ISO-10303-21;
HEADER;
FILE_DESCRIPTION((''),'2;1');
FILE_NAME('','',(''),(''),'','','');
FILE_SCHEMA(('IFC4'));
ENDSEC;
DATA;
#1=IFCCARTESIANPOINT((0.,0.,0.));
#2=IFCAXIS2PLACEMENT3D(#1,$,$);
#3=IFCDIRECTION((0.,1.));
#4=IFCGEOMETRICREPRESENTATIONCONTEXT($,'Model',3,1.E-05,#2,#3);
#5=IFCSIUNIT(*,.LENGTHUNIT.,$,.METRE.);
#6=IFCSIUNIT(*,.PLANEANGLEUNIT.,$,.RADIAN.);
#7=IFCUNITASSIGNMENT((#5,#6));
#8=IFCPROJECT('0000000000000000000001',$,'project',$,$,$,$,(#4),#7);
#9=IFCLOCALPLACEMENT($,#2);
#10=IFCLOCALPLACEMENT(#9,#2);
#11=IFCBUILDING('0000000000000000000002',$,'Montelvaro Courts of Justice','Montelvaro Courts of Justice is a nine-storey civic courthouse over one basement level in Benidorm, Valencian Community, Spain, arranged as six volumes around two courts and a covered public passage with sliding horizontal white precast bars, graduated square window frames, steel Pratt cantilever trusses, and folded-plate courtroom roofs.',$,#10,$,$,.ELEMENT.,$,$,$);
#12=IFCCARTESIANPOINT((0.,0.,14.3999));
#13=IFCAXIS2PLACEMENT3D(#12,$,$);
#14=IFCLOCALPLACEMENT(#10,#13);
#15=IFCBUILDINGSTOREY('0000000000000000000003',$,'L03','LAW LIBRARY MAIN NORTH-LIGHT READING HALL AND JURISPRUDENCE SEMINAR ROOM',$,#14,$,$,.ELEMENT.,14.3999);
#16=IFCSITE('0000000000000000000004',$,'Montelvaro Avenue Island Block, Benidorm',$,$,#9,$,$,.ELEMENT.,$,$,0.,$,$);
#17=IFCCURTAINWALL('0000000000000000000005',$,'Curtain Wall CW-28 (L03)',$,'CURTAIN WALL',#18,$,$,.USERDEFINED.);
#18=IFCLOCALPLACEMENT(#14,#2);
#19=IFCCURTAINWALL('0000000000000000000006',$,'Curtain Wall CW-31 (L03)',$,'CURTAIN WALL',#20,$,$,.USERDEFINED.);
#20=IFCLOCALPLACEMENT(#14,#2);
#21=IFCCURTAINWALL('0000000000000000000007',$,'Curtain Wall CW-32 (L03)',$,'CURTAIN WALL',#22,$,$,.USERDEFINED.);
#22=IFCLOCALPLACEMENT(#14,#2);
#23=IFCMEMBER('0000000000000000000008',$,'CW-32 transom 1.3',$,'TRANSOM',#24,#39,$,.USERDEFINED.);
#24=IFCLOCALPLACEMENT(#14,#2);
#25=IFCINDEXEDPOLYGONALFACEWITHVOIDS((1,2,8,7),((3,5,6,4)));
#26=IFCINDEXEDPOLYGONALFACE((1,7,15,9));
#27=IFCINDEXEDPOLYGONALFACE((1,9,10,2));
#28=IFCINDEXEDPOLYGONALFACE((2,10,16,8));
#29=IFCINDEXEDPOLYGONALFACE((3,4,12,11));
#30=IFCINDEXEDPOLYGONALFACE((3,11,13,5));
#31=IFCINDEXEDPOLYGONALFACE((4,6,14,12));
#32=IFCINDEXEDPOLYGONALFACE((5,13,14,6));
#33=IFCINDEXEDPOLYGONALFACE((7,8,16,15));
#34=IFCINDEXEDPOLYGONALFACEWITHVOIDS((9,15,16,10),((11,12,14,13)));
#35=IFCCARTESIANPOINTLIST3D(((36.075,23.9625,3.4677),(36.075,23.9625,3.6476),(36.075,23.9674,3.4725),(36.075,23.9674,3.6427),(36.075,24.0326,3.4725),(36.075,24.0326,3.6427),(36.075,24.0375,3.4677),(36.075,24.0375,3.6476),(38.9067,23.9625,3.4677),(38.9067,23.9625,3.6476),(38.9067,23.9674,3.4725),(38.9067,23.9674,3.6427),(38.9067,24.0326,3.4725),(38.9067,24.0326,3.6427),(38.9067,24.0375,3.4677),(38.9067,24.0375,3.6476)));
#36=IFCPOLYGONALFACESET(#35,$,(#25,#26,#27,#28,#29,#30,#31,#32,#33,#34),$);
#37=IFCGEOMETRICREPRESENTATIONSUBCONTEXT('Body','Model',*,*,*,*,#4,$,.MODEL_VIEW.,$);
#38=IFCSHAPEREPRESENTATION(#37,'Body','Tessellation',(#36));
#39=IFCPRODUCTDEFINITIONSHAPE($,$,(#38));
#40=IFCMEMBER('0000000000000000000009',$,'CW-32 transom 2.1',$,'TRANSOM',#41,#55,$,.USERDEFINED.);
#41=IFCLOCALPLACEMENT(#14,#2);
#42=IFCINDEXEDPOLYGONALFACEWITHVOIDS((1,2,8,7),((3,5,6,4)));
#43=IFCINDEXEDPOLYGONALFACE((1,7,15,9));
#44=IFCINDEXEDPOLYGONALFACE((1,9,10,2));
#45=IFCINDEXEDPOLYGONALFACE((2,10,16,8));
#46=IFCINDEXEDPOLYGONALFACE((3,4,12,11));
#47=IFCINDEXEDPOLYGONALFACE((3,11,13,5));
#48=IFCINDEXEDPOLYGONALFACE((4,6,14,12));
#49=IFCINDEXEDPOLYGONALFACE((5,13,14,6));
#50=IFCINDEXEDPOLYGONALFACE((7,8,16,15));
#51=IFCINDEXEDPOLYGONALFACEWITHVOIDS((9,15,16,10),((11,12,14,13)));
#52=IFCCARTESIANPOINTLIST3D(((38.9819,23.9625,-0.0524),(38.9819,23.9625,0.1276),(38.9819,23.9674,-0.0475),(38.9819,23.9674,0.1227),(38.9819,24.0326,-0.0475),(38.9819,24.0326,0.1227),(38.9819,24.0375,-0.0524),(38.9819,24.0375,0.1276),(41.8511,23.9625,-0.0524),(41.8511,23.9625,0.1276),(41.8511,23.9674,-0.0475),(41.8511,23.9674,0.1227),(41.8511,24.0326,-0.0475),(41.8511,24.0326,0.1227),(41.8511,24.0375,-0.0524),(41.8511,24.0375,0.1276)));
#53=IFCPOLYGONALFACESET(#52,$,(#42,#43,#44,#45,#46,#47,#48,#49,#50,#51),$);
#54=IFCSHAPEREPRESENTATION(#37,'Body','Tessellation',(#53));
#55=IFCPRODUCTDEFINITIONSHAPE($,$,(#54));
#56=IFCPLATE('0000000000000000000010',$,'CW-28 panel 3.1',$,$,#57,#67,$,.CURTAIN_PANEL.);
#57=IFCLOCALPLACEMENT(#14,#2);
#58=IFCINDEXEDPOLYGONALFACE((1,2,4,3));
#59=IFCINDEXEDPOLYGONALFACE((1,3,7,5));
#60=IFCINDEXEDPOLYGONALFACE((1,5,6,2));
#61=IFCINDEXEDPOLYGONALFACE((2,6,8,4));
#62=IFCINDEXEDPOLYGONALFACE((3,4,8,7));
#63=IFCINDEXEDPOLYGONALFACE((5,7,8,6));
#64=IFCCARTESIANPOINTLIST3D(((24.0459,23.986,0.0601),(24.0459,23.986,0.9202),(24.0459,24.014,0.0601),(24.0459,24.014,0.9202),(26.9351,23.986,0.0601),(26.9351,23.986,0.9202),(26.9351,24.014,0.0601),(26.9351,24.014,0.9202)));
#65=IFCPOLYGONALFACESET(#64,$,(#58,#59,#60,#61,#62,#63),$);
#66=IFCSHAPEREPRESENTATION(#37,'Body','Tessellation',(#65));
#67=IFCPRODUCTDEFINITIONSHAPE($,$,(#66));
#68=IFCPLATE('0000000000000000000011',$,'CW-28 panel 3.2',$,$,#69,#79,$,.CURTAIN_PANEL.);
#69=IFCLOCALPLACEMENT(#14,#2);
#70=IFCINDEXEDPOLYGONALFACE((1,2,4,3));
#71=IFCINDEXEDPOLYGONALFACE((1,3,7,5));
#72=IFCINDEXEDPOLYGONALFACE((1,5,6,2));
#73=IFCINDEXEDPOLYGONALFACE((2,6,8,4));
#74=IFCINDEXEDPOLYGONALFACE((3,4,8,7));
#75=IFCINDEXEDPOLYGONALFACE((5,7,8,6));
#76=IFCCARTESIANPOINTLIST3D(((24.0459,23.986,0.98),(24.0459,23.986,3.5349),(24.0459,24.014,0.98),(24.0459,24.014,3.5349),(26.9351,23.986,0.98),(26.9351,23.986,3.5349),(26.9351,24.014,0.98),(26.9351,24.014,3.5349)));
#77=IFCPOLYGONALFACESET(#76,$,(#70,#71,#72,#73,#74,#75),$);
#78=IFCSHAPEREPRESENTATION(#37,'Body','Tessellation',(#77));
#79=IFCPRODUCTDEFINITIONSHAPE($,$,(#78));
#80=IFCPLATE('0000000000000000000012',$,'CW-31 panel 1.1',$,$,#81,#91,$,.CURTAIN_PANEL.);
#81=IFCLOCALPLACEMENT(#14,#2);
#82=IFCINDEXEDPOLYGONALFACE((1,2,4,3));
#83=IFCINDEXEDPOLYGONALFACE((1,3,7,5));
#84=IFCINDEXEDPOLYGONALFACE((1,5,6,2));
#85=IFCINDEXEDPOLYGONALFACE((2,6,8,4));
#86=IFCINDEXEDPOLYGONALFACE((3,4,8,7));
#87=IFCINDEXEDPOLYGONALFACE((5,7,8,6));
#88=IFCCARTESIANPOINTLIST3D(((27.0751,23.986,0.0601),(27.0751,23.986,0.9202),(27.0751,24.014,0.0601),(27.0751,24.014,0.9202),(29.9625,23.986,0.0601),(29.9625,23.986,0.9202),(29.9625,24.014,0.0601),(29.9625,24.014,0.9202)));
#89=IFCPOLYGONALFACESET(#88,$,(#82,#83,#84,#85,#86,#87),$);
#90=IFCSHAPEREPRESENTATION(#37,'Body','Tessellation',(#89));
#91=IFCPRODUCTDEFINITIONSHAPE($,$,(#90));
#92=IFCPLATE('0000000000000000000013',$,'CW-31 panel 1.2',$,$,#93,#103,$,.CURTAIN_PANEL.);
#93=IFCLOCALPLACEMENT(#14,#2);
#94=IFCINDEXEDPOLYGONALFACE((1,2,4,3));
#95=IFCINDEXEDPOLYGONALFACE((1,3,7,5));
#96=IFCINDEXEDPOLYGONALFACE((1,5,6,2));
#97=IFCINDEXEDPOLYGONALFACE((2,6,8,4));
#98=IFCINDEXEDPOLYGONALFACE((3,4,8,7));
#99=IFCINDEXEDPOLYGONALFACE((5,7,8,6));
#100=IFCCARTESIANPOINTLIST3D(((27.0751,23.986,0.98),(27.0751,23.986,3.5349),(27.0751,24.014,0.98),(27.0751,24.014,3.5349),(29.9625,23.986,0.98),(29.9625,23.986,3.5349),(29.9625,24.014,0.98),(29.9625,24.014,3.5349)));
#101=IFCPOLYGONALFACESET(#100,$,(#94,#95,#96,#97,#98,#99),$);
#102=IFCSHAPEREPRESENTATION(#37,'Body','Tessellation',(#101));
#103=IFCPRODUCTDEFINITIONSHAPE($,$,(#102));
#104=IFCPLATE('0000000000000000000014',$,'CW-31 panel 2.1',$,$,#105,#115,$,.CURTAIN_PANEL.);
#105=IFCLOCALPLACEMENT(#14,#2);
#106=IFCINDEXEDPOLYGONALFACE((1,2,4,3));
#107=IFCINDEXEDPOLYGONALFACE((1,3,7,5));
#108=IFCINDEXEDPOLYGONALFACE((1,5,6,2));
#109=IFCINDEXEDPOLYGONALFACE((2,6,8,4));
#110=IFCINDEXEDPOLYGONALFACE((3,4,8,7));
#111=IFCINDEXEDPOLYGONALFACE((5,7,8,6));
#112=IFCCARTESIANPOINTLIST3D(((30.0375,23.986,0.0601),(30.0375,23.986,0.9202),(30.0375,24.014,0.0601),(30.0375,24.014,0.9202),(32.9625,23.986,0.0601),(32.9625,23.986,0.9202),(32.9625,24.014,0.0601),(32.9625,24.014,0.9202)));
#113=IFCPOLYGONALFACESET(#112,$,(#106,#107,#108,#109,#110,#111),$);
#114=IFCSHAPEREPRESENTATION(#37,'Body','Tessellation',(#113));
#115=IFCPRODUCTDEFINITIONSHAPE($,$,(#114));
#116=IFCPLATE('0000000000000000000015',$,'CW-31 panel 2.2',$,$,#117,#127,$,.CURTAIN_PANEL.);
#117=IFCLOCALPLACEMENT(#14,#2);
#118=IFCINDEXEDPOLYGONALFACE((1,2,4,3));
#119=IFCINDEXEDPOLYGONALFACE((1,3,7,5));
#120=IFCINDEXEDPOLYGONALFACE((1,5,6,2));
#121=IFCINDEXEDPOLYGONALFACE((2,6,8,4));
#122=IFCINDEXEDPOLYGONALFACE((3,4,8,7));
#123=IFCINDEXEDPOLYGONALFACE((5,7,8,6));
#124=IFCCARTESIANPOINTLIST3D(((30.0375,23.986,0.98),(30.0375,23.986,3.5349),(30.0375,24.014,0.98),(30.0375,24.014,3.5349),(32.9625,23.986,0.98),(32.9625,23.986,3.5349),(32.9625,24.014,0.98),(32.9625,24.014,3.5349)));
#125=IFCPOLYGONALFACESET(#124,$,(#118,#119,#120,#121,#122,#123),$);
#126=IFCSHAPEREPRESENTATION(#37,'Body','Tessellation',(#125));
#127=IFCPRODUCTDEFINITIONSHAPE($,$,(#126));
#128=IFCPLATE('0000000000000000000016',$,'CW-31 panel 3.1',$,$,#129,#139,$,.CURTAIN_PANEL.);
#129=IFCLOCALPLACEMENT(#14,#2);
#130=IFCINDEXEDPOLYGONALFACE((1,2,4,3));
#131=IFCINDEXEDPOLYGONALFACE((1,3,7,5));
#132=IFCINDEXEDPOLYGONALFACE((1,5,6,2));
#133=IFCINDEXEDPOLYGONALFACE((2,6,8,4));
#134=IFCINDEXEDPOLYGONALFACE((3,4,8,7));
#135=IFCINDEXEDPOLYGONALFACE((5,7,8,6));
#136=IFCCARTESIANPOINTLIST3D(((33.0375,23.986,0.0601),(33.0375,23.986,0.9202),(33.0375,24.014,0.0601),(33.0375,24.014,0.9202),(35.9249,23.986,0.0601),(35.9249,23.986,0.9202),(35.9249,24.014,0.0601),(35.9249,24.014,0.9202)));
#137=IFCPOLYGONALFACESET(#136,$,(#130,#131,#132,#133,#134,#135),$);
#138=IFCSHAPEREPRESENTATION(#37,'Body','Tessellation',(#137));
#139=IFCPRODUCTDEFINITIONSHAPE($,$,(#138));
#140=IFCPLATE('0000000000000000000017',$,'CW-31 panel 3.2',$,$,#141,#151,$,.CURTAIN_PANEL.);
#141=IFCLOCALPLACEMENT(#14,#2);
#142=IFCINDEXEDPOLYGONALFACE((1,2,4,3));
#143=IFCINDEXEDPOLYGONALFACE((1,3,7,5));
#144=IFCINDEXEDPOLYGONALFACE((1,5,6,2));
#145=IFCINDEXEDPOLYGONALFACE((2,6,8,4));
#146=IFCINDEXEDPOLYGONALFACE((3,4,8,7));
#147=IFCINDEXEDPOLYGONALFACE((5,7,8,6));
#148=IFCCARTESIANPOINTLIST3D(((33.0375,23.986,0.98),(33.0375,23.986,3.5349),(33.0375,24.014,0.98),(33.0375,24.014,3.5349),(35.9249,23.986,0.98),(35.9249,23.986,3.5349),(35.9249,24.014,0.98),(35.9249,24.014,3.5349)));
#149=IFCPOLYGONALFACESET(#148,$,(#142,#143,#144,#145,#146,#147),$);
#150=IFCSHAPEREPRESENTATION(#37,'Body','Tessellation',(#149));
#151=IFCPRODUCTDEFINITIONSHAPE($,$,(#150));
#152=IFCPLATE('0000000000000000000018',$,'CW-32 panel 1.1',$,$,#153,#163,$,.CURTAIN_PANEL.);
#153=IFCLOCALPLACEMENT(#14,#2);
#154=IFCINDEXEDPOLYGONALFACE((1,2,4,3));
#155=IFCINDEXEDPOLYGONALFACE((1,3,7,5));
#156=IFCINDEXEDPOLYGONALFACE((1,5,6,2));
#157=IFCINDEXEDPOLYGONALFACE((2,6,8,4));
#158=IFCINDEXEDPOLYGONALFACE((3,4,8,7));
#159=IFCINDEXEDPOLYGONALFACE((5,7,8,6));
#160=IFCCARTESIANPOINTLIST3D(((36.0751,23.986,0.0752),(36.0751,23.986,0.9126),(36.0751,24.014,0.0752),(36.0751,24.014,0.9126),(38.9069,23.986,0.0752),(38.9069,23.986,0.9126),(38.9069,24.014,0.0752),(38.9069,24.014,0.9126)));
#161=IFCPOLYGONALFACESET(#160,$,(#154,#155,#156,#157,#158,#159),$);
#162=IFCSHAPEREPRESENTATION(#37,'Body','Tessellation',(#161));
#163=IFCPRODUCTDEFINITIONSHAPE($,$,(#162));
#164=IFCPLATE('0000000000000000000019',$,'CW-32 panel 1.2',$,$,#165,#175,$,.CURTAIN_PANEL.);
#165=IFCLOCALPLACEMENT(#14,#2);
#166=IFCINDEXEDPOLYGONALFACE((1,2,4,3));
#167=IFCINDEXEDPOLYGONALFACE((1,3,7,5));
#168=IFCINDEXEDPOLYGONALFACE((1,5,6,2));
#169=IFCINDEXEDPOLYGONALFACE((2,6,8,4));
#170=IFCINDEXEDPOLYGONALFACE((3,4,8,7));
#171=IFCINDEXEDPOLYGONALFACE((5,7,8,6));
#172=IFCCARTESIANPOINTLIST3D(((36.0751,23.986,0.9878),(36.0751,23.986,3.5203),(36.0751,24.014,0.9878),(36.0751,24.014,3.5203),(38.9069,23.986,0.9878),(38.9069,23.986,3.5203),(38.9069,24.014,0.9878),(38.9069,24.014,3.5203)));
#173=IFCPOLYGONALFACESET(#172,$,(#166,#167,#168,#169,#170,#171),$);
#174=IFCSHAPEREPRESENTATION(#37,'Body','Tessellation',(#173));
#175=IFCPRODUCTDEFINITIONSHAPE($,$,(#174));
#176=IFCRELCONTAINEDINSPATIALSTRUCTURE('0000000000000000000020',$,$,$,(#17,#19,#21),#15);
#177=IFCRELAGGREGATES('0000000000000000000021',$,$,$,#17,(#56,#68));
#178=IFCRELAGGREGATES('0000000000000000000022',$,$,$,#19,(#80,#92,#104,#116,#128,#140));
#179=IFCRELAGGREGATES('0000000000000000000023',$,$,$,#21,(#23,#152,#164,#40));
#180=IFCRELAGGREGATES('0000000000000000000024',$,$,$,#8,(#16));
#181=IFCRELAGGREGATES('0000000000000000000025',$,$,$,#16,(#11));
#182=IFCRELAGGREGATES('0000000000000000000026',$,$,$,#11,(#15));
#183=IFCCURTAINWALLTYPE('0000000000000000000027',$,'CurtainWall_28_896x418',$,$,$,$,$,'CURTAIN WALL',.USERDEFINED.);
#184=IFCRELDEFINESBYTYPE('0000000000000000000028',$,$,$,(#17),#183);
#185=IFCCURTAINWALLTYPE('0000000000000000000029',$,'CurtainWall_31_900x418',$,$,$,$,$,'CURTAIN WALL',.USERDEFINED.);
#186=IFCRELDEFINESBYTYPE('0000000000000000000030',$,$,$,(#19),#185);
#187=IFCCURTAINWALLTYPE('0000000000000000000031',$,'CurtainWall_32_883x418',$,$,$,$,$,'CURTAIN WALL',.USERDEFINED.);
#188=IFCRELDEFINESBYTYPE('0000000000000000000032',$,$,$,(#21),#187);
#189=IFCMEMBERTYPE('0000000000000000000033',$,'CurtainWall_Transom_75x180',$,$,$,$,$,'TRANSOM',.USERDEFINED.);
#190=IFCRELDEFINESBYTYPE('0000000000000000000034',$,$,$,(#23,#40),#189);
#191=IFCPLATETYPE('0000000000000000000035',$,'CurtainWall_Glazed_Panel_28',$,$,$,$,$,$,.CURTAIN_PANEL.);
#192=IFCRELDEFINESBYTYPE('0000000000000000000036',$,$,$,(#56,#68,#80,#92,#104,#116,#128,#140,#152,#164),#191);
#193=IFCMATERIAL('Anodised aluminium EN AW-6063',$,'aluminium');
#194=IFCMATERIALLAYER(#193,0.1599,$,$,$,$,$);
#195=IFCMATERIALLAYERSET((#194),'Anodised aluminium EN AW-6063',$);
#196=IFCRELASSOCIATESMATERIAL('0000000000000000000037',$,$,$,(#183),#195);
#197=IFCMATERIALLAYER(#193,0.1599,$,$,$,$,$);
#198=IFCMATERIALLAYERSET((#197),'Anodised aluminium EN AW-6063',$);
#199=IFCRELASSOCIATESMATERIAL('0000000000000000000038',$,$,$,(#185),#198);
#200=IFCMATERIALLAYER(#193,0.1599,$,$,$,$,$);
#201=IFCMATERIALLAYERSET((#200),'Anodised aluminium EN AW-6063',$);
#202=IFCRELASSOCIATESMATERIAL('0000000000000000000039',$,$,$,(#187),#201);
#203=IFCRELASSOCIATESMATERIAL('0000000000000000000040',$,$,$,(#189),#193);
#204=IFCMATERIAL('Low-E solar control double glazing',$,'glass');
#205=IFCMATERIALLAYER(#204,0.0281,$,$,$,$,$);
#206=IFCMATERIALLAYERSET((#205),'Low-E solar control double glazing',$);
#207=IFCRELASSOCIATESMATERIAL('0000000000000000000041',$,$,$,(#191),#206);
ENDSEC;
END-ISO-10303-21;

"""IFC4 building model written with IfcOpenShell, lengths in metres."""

from ifc_helpers import new_model, si_unit, direction, frame, origin, origin_2d, place, context, subcontext, project, spatial, rectangle, hollow_rectangle, extrude, material, layer, layer_set, material_profile, profile_set, type_object, element, aggregate, save


model = new_model("IFC4")

# Units and contexts
model_context = context("Model", 3, precision=1e-05, world=origin(), true_north=direction((0.0, 1.0)))
body_context = subcontext(model_context, "Body", "Model", "MODEL_VIEW")
ifc_project = project(units=[si_unit("LENGTHUNIT", "METRE"), si_unit("PLANEANGLEUNIT", "RADIAN")], contexts=[model_context])

# Site, building, storey
site_placement = place(None, origin())
site = spatial("IfcSite", under=ifc_project, at=site_placement, Name="Montelvaro Avenue Island Block, Benidorm", CompositionType="ELEMENT", RefElevation=0.0)
building_placement = place(site_placement, origin())
building = spatial("IfcBuilding", under=site, at=building_placement, Name="Montelvaro Courts of Justice", Description="Montelvaro Courts of Justice is a nine-storey civic courthouse over one basement level in Benidorm, Valencian Community, Spain, arranged as six volumes around two courts and a covered public passage with sliding horizontal white precast bars, graduated square window frames, steel Pratt cantilever trusses, and folded-plate courtroom roofs.", CompositionType="ELEMENT")
storey_placement = place(building_placement, frame((0.0, 0.0, 14.3999)))
storey = spatial("IfcBuildingStorey", under=building, at=storey_placement, Name="L03", Description="LAW LIBRARY MAIN NORTH-LIGHT READING HALL AND JURISPRUDENCE SEMINAR ROOM", CompositionType="ELEMENT", Elevation=14.3999)

# Curtain wall
ifc_material_1 = material(Name="Anodised aluminium EN AW-6063", Category="aluminium")
ifc_layer_1 = layer(ifc_material_1, 0.1599)
ifc_layer_set_1 = layer_set([ifc_layer_1], Name="Anodised aluminium EN AW-6063")
curtain_wall_type_1 = type_object("IfcCurtainWallType", Name="CurtainWall_28_896x418", ElementType="CURTAIN WALL", PredefinedType="USERDEFINED", material=ifc_layer_set_1)
curtain_wall_1_placement = place(storey_placement, origin())
curtain_wall_1 = element("IfcCurtainWall", 1, at=curtain_wall_1_placement, inside=storey, type_object=curtain_wall_type_1, Name="Curtain Wall CW-28 (L03)", ObjectType="CURTAIN WALL", PredefinedType="USERDEFINED")

# Curtain walls
ifc_layer_2 = layer(ifc_material_1, 0.1599)
ifc_layer_set_2 = layer_set([ifc_layer_2], Name="Anodised aluminium EN AW-6063")
curtain_wall_type_2 = type_object("IfcCurtainWallType", Name="CurtainWall_31_900x418", ElementType="CURTAIN WALL", PredefinedType="USERDEFINED", material=ifc_layer_set_2)
curtain_wall_2_placement = place(storey_placement, origin())
curtain_wall_2 = element("IfcCurtainWall", 2, at=curtain_wall_2_placement, inside=storey, type_object=curtain_wall_type_2, Name="Curtain Wall CW-31 (L03)", ObjectType="CURTAIN WALL", PredefinedType="USERDEFINED")
ifc_layer_3 = layer(ifc_material_1, 0.1599)
ifc_layer_set_3 = layer_set([ifc_layer_3], Name="Anodised aluminium EN AW-6063")
curtain_wall_type_3 = type_object("IfcCurtainWallType", Name="CurtainWall_32_883x418", ElementType="CURTAIN WALL", PredefinedType="USERDEFINED", material=ifc_layer_set_3)
curtain_wall_3_placement = place(storey_placement, origin())
curtain_wall_3 = element("IfcCurtainWall", 3, at=curtain_wall_3_placement, inside=storey, type_object=curtain_wall_type_3, Name="Curtain Wall CW-32 (L03)", ObjectType="CURTAIN WALL", PredefinedType="USERDEFINED")

# Members
ifc_material_profile_1 = material_profile(ifc_material_1, hollow_rectangle(XDim=0.075, YDim=0.1799, WallThickness=0.0049, at=origin_2d()), Name="ALU-T 75x180")
ifc_profile_set_1 = profile_set([ifc_material_profile_1], Name="Anodised aluminium EN AW-6063")
member_type_1 = type_object("IfcMemberType", Name="CurtainWall_Transom_75x180", ElementType="TRANSOM", PredefinedType="USERDEFINED", material=ifc_profile_set_1)
member_1_placement = place(storey_placement, frame((36.075, 24.0, 3.5576), z_axis=(1.0, 0.0, 0.0), x_axis=(0.0, 1.0, 0.0)))
member_1 = element("IfcMember", 4, at=member_1_placement, type_object=member_type_1, Name="CW-32 transom 1.3", ObjectType="TRANSOM", PredefinedType="USERDEFINED", context=body_context, shape_type="SweptSolid", body=[
    extrude(hollow_rectangle(XDim=0.075, YDim=0.1799, WallThickness=0.0049, at=origin_2d()), origin(), (0.0, 0.0, 1.0), 2.8318),
])
member_2_placement = place(storey_placement, frame((38.9819, 24.0, 0.0376), z_axis=(1.0, 0.0, 0.0), x_axis=(0.0, 1.0, 0.0)))
member_2 = element("IfcMember", 5, at=member_2_placement, type_object=member_type_1, Name="CW-32 transom 2.1", ObjectType="TRANSOM", PredefinedType="USERDEFINED", context=body_context, shape_type="SweptSolid", body=[
    extrude(hollow_rectangle(XDim=0.075, YDim=0.1799, WallThickness=0.0049, at=origin_2d()), origin(), (0.0, 0.0, 1.0), 2.8691),
])

# Plates
ifc_material_2 = material(Name="Low-E solar control double glazing", Category="glass")
ifc_layer_4 = layer(ifc_material_2, 0.0281)
ifc_layer_set_4 = layer_set([ifc_layer_4], Name="Low-E solar control double glazing")
plate_type = type_object("IfcPlateType", Name="CurtainWall_Glazed_Panel_28", PredefinedType="CURTAIN_PANEL", material=ifc_layer_set_4)
plate_1_placement = place(storey_placement, frame((25.4905, 24.0, 0.0601), z_axis=(0.0, 0.0, 1.0), x_axis=(1.0, 0.0, 0.0)))
plate_1 = element("IfcPlate", 6, at=plate_1_placement, type_object=plate_type, Name="CW-28 panel 3.1", PredefinedType="CURTAIN_PANEL", context=body_context, shape_type="SweptSolid", body=[
    extrude(rectangle(XDim=2.8892, YDim=0.0281, at=origin_2d()), origin(), (0.0, 0.0, 1.0), 0.8601),
])
plate_2_placement = place(storey_placement, frame((25.4905, 24.0, 0.98), z_axis=(0.0, 0.0, 1.0), x_axis=(1.0, 0.0, 0.0)))
plate_2 = element("IfcPlate", 7, at=plate_2_placement, type_object=plate_type, Name="CW-28 panel 3.2", PredefinedType="CURTAIN_PANEL", context=body_context, shape_type="SweptSolid", body=[
    extrude(rectangle(XDim=2.8892, YDim=0.0281, at=origin_2d()), origin(), (0.0, 0.0, 1.0), 2.5549),
])
aggregate(curtain_wall_1, [plate_1, plate_2])
plate_3_placement = place(storey_placement, frame((28.5188, 24.0, 0.0601), z_axis=(0.0, 0.0, 1.0), x_axis=(1.0, 0.0, 0.0)))
plate_3 = element("IfcPlate", 8, at=plate_3_placement, type_object=plate_type, Name="CW-31 panel 1.1", PredefinedType="CURTAIN_PANEL", context=body_context, shape_type="SweptSolid", body=[
    extrude(rectangle(XDim=2.8875, YDim=0.0281, at=origin_2d()), origin(), (0.0, 0.0, 1.0), 0.8601),
])
plate_4_placement = place(storey_placement, frame((28.5188, 24.0, 0.98), z_axis=(0.0, 0.0, 1.0), x_axis=(1.0, 0.0, 0.0)))
plate_4 = element("IfcPlate", 9, at=plate_4_placement, type_object=plate_type, Name="CW-31 panel 1.2", PredefinedType="CURTAIN_PANEL", context=body_context, shape_type="SweptSolid", body=[
    extrude(rectangle(XDim=2.8875, YDim=0.0281, at=origin_2d()), origin(), (0.0, 0.0, 1.0), 2.5549),
])
plate_5_placement = place(storey_placement, frame((31.5, 24.0, 0.0601), z_axis=(0.0, 0.0, 1.0), x_axis=(1.0, 0.0, 0.0)))
plate_5 = element("IfcPlate", 10, at=plate_5_placement, type_object=plate_type, Name="CW-31 panel 2.1", PredefinedType="CURTAIN_PANEL", context=body_context, shape_type="SweptSolid", body=[
    extrude(rectangle(XDim=2.925, YDim=0.0281, at=origin_2d()), origin(), (0.0, 0.0, 1.0), 0.8601),
])
plate_6_placement = place(storey_placement, frame((31.5, 24.0, 0.98), z_axis=(0.0, 0.0, 1.0), x_axis=(1.0, 0.0, 0.0)))
plate_6 = element("IfcPlate", 11, at=plate_6_placement, type_object=plate_type, Name="CW-31 panel 2.2", PredefinedType="CURTAIN_PANEL", context=body_context, shape_type="SweptSolid", body=[
    extrude(rectangle(XDim=2.925, YDim=0.0281, at=origin_2d()), origin(), (0.0, 0.0, 1.0), 2.5549),
])
plate_7_placement = place(storey_placement, frame((34.4812, 24.0, 0.0601), z_axis=(0.0, 0.0, 1.0), x_axis=(1.0, 0.0, 0.0)))
plate_7 = element("IfcPlate", 12, at=plate_7_placement, type_object=plate_type, Name="CW-31 panel 3.1", PredefinedType="CURTAIN_PANEL", context=body_context, shape_type="SweptSolid", body=[
    extrude(rectangle(XDim=2.8875, YDim=0.0281, at=origin_2d()), origin(), (0.0, 0.0, 1.0), 0.8601),
])
plate_8_placement = place(storey_placement, frame((34.4812, 24.0, 0.98), z_axis=(0.0, 0.0, 1.0), x_axis=(1.0, 0.0, 0.0)))
plate_8 = element("IfcPlate", 13, at=plate_8_placement, type_object=plate_type, Name="CW-31 panel 3.2", PredefinedType="CURTAIN_PANEL", context=body_context, shape_type="SweptSolid", body=[
    extrude(rectangle(XDim=2.8875, YDim=0.0281, at=origin_2d()), origin(), (0.0, 0.0, 1.0), 2.5549),
])
aggregate(curtain_wall_2, [plate_3, plate_4, plate_5, plate_6, plate_7, plate_8])
plate_9_placement = place(storey_placement, frame((37.491, 24.0, 0.0752), z_axis=(0.0, 0.0, 1.0), x_axis=(1.0, 0.0, 0.0)))
plate_9 = element("IfcPlate", 14, at=plate_9_placement, type_object=plate_type, Name="CW-32 panel 1.1", PredefinedType="CURTAIN_PANEL", context=body_context, shape_type="SweptSolid", body=[
    extrude(rectangle(XDim=2.8318, YDim=0.0281, at=origin_2d()), origin(), (0.0, 0.0, 1.0), 0.8374),
])
plate_10_placement = place(storey_placement, frame((37.491, 24.0, 0.9878), z_axis=(0.0, 0.0, 1.0), x_axis=(1.0, 0.0, 0.0)))
plate_10 = element("IfcPlate", 15, at=plate_10_placement, type_object=plate_type, Name="CW-32 panel 1.2", PredefinedType="CURTAIN_PANEL", context=body_context, shape_type="SweptSolid", body=[
    extrude(rectangle(XDim=2.8318, YDim=0.0281, at=origin_2d()), origin(), (0.0, 0.0, 1.0), 2.5325),
])
aggregate(curtain_wall_3, [member_1, plate_9, plate_10, member_2])

save(model, "model.ifc")
